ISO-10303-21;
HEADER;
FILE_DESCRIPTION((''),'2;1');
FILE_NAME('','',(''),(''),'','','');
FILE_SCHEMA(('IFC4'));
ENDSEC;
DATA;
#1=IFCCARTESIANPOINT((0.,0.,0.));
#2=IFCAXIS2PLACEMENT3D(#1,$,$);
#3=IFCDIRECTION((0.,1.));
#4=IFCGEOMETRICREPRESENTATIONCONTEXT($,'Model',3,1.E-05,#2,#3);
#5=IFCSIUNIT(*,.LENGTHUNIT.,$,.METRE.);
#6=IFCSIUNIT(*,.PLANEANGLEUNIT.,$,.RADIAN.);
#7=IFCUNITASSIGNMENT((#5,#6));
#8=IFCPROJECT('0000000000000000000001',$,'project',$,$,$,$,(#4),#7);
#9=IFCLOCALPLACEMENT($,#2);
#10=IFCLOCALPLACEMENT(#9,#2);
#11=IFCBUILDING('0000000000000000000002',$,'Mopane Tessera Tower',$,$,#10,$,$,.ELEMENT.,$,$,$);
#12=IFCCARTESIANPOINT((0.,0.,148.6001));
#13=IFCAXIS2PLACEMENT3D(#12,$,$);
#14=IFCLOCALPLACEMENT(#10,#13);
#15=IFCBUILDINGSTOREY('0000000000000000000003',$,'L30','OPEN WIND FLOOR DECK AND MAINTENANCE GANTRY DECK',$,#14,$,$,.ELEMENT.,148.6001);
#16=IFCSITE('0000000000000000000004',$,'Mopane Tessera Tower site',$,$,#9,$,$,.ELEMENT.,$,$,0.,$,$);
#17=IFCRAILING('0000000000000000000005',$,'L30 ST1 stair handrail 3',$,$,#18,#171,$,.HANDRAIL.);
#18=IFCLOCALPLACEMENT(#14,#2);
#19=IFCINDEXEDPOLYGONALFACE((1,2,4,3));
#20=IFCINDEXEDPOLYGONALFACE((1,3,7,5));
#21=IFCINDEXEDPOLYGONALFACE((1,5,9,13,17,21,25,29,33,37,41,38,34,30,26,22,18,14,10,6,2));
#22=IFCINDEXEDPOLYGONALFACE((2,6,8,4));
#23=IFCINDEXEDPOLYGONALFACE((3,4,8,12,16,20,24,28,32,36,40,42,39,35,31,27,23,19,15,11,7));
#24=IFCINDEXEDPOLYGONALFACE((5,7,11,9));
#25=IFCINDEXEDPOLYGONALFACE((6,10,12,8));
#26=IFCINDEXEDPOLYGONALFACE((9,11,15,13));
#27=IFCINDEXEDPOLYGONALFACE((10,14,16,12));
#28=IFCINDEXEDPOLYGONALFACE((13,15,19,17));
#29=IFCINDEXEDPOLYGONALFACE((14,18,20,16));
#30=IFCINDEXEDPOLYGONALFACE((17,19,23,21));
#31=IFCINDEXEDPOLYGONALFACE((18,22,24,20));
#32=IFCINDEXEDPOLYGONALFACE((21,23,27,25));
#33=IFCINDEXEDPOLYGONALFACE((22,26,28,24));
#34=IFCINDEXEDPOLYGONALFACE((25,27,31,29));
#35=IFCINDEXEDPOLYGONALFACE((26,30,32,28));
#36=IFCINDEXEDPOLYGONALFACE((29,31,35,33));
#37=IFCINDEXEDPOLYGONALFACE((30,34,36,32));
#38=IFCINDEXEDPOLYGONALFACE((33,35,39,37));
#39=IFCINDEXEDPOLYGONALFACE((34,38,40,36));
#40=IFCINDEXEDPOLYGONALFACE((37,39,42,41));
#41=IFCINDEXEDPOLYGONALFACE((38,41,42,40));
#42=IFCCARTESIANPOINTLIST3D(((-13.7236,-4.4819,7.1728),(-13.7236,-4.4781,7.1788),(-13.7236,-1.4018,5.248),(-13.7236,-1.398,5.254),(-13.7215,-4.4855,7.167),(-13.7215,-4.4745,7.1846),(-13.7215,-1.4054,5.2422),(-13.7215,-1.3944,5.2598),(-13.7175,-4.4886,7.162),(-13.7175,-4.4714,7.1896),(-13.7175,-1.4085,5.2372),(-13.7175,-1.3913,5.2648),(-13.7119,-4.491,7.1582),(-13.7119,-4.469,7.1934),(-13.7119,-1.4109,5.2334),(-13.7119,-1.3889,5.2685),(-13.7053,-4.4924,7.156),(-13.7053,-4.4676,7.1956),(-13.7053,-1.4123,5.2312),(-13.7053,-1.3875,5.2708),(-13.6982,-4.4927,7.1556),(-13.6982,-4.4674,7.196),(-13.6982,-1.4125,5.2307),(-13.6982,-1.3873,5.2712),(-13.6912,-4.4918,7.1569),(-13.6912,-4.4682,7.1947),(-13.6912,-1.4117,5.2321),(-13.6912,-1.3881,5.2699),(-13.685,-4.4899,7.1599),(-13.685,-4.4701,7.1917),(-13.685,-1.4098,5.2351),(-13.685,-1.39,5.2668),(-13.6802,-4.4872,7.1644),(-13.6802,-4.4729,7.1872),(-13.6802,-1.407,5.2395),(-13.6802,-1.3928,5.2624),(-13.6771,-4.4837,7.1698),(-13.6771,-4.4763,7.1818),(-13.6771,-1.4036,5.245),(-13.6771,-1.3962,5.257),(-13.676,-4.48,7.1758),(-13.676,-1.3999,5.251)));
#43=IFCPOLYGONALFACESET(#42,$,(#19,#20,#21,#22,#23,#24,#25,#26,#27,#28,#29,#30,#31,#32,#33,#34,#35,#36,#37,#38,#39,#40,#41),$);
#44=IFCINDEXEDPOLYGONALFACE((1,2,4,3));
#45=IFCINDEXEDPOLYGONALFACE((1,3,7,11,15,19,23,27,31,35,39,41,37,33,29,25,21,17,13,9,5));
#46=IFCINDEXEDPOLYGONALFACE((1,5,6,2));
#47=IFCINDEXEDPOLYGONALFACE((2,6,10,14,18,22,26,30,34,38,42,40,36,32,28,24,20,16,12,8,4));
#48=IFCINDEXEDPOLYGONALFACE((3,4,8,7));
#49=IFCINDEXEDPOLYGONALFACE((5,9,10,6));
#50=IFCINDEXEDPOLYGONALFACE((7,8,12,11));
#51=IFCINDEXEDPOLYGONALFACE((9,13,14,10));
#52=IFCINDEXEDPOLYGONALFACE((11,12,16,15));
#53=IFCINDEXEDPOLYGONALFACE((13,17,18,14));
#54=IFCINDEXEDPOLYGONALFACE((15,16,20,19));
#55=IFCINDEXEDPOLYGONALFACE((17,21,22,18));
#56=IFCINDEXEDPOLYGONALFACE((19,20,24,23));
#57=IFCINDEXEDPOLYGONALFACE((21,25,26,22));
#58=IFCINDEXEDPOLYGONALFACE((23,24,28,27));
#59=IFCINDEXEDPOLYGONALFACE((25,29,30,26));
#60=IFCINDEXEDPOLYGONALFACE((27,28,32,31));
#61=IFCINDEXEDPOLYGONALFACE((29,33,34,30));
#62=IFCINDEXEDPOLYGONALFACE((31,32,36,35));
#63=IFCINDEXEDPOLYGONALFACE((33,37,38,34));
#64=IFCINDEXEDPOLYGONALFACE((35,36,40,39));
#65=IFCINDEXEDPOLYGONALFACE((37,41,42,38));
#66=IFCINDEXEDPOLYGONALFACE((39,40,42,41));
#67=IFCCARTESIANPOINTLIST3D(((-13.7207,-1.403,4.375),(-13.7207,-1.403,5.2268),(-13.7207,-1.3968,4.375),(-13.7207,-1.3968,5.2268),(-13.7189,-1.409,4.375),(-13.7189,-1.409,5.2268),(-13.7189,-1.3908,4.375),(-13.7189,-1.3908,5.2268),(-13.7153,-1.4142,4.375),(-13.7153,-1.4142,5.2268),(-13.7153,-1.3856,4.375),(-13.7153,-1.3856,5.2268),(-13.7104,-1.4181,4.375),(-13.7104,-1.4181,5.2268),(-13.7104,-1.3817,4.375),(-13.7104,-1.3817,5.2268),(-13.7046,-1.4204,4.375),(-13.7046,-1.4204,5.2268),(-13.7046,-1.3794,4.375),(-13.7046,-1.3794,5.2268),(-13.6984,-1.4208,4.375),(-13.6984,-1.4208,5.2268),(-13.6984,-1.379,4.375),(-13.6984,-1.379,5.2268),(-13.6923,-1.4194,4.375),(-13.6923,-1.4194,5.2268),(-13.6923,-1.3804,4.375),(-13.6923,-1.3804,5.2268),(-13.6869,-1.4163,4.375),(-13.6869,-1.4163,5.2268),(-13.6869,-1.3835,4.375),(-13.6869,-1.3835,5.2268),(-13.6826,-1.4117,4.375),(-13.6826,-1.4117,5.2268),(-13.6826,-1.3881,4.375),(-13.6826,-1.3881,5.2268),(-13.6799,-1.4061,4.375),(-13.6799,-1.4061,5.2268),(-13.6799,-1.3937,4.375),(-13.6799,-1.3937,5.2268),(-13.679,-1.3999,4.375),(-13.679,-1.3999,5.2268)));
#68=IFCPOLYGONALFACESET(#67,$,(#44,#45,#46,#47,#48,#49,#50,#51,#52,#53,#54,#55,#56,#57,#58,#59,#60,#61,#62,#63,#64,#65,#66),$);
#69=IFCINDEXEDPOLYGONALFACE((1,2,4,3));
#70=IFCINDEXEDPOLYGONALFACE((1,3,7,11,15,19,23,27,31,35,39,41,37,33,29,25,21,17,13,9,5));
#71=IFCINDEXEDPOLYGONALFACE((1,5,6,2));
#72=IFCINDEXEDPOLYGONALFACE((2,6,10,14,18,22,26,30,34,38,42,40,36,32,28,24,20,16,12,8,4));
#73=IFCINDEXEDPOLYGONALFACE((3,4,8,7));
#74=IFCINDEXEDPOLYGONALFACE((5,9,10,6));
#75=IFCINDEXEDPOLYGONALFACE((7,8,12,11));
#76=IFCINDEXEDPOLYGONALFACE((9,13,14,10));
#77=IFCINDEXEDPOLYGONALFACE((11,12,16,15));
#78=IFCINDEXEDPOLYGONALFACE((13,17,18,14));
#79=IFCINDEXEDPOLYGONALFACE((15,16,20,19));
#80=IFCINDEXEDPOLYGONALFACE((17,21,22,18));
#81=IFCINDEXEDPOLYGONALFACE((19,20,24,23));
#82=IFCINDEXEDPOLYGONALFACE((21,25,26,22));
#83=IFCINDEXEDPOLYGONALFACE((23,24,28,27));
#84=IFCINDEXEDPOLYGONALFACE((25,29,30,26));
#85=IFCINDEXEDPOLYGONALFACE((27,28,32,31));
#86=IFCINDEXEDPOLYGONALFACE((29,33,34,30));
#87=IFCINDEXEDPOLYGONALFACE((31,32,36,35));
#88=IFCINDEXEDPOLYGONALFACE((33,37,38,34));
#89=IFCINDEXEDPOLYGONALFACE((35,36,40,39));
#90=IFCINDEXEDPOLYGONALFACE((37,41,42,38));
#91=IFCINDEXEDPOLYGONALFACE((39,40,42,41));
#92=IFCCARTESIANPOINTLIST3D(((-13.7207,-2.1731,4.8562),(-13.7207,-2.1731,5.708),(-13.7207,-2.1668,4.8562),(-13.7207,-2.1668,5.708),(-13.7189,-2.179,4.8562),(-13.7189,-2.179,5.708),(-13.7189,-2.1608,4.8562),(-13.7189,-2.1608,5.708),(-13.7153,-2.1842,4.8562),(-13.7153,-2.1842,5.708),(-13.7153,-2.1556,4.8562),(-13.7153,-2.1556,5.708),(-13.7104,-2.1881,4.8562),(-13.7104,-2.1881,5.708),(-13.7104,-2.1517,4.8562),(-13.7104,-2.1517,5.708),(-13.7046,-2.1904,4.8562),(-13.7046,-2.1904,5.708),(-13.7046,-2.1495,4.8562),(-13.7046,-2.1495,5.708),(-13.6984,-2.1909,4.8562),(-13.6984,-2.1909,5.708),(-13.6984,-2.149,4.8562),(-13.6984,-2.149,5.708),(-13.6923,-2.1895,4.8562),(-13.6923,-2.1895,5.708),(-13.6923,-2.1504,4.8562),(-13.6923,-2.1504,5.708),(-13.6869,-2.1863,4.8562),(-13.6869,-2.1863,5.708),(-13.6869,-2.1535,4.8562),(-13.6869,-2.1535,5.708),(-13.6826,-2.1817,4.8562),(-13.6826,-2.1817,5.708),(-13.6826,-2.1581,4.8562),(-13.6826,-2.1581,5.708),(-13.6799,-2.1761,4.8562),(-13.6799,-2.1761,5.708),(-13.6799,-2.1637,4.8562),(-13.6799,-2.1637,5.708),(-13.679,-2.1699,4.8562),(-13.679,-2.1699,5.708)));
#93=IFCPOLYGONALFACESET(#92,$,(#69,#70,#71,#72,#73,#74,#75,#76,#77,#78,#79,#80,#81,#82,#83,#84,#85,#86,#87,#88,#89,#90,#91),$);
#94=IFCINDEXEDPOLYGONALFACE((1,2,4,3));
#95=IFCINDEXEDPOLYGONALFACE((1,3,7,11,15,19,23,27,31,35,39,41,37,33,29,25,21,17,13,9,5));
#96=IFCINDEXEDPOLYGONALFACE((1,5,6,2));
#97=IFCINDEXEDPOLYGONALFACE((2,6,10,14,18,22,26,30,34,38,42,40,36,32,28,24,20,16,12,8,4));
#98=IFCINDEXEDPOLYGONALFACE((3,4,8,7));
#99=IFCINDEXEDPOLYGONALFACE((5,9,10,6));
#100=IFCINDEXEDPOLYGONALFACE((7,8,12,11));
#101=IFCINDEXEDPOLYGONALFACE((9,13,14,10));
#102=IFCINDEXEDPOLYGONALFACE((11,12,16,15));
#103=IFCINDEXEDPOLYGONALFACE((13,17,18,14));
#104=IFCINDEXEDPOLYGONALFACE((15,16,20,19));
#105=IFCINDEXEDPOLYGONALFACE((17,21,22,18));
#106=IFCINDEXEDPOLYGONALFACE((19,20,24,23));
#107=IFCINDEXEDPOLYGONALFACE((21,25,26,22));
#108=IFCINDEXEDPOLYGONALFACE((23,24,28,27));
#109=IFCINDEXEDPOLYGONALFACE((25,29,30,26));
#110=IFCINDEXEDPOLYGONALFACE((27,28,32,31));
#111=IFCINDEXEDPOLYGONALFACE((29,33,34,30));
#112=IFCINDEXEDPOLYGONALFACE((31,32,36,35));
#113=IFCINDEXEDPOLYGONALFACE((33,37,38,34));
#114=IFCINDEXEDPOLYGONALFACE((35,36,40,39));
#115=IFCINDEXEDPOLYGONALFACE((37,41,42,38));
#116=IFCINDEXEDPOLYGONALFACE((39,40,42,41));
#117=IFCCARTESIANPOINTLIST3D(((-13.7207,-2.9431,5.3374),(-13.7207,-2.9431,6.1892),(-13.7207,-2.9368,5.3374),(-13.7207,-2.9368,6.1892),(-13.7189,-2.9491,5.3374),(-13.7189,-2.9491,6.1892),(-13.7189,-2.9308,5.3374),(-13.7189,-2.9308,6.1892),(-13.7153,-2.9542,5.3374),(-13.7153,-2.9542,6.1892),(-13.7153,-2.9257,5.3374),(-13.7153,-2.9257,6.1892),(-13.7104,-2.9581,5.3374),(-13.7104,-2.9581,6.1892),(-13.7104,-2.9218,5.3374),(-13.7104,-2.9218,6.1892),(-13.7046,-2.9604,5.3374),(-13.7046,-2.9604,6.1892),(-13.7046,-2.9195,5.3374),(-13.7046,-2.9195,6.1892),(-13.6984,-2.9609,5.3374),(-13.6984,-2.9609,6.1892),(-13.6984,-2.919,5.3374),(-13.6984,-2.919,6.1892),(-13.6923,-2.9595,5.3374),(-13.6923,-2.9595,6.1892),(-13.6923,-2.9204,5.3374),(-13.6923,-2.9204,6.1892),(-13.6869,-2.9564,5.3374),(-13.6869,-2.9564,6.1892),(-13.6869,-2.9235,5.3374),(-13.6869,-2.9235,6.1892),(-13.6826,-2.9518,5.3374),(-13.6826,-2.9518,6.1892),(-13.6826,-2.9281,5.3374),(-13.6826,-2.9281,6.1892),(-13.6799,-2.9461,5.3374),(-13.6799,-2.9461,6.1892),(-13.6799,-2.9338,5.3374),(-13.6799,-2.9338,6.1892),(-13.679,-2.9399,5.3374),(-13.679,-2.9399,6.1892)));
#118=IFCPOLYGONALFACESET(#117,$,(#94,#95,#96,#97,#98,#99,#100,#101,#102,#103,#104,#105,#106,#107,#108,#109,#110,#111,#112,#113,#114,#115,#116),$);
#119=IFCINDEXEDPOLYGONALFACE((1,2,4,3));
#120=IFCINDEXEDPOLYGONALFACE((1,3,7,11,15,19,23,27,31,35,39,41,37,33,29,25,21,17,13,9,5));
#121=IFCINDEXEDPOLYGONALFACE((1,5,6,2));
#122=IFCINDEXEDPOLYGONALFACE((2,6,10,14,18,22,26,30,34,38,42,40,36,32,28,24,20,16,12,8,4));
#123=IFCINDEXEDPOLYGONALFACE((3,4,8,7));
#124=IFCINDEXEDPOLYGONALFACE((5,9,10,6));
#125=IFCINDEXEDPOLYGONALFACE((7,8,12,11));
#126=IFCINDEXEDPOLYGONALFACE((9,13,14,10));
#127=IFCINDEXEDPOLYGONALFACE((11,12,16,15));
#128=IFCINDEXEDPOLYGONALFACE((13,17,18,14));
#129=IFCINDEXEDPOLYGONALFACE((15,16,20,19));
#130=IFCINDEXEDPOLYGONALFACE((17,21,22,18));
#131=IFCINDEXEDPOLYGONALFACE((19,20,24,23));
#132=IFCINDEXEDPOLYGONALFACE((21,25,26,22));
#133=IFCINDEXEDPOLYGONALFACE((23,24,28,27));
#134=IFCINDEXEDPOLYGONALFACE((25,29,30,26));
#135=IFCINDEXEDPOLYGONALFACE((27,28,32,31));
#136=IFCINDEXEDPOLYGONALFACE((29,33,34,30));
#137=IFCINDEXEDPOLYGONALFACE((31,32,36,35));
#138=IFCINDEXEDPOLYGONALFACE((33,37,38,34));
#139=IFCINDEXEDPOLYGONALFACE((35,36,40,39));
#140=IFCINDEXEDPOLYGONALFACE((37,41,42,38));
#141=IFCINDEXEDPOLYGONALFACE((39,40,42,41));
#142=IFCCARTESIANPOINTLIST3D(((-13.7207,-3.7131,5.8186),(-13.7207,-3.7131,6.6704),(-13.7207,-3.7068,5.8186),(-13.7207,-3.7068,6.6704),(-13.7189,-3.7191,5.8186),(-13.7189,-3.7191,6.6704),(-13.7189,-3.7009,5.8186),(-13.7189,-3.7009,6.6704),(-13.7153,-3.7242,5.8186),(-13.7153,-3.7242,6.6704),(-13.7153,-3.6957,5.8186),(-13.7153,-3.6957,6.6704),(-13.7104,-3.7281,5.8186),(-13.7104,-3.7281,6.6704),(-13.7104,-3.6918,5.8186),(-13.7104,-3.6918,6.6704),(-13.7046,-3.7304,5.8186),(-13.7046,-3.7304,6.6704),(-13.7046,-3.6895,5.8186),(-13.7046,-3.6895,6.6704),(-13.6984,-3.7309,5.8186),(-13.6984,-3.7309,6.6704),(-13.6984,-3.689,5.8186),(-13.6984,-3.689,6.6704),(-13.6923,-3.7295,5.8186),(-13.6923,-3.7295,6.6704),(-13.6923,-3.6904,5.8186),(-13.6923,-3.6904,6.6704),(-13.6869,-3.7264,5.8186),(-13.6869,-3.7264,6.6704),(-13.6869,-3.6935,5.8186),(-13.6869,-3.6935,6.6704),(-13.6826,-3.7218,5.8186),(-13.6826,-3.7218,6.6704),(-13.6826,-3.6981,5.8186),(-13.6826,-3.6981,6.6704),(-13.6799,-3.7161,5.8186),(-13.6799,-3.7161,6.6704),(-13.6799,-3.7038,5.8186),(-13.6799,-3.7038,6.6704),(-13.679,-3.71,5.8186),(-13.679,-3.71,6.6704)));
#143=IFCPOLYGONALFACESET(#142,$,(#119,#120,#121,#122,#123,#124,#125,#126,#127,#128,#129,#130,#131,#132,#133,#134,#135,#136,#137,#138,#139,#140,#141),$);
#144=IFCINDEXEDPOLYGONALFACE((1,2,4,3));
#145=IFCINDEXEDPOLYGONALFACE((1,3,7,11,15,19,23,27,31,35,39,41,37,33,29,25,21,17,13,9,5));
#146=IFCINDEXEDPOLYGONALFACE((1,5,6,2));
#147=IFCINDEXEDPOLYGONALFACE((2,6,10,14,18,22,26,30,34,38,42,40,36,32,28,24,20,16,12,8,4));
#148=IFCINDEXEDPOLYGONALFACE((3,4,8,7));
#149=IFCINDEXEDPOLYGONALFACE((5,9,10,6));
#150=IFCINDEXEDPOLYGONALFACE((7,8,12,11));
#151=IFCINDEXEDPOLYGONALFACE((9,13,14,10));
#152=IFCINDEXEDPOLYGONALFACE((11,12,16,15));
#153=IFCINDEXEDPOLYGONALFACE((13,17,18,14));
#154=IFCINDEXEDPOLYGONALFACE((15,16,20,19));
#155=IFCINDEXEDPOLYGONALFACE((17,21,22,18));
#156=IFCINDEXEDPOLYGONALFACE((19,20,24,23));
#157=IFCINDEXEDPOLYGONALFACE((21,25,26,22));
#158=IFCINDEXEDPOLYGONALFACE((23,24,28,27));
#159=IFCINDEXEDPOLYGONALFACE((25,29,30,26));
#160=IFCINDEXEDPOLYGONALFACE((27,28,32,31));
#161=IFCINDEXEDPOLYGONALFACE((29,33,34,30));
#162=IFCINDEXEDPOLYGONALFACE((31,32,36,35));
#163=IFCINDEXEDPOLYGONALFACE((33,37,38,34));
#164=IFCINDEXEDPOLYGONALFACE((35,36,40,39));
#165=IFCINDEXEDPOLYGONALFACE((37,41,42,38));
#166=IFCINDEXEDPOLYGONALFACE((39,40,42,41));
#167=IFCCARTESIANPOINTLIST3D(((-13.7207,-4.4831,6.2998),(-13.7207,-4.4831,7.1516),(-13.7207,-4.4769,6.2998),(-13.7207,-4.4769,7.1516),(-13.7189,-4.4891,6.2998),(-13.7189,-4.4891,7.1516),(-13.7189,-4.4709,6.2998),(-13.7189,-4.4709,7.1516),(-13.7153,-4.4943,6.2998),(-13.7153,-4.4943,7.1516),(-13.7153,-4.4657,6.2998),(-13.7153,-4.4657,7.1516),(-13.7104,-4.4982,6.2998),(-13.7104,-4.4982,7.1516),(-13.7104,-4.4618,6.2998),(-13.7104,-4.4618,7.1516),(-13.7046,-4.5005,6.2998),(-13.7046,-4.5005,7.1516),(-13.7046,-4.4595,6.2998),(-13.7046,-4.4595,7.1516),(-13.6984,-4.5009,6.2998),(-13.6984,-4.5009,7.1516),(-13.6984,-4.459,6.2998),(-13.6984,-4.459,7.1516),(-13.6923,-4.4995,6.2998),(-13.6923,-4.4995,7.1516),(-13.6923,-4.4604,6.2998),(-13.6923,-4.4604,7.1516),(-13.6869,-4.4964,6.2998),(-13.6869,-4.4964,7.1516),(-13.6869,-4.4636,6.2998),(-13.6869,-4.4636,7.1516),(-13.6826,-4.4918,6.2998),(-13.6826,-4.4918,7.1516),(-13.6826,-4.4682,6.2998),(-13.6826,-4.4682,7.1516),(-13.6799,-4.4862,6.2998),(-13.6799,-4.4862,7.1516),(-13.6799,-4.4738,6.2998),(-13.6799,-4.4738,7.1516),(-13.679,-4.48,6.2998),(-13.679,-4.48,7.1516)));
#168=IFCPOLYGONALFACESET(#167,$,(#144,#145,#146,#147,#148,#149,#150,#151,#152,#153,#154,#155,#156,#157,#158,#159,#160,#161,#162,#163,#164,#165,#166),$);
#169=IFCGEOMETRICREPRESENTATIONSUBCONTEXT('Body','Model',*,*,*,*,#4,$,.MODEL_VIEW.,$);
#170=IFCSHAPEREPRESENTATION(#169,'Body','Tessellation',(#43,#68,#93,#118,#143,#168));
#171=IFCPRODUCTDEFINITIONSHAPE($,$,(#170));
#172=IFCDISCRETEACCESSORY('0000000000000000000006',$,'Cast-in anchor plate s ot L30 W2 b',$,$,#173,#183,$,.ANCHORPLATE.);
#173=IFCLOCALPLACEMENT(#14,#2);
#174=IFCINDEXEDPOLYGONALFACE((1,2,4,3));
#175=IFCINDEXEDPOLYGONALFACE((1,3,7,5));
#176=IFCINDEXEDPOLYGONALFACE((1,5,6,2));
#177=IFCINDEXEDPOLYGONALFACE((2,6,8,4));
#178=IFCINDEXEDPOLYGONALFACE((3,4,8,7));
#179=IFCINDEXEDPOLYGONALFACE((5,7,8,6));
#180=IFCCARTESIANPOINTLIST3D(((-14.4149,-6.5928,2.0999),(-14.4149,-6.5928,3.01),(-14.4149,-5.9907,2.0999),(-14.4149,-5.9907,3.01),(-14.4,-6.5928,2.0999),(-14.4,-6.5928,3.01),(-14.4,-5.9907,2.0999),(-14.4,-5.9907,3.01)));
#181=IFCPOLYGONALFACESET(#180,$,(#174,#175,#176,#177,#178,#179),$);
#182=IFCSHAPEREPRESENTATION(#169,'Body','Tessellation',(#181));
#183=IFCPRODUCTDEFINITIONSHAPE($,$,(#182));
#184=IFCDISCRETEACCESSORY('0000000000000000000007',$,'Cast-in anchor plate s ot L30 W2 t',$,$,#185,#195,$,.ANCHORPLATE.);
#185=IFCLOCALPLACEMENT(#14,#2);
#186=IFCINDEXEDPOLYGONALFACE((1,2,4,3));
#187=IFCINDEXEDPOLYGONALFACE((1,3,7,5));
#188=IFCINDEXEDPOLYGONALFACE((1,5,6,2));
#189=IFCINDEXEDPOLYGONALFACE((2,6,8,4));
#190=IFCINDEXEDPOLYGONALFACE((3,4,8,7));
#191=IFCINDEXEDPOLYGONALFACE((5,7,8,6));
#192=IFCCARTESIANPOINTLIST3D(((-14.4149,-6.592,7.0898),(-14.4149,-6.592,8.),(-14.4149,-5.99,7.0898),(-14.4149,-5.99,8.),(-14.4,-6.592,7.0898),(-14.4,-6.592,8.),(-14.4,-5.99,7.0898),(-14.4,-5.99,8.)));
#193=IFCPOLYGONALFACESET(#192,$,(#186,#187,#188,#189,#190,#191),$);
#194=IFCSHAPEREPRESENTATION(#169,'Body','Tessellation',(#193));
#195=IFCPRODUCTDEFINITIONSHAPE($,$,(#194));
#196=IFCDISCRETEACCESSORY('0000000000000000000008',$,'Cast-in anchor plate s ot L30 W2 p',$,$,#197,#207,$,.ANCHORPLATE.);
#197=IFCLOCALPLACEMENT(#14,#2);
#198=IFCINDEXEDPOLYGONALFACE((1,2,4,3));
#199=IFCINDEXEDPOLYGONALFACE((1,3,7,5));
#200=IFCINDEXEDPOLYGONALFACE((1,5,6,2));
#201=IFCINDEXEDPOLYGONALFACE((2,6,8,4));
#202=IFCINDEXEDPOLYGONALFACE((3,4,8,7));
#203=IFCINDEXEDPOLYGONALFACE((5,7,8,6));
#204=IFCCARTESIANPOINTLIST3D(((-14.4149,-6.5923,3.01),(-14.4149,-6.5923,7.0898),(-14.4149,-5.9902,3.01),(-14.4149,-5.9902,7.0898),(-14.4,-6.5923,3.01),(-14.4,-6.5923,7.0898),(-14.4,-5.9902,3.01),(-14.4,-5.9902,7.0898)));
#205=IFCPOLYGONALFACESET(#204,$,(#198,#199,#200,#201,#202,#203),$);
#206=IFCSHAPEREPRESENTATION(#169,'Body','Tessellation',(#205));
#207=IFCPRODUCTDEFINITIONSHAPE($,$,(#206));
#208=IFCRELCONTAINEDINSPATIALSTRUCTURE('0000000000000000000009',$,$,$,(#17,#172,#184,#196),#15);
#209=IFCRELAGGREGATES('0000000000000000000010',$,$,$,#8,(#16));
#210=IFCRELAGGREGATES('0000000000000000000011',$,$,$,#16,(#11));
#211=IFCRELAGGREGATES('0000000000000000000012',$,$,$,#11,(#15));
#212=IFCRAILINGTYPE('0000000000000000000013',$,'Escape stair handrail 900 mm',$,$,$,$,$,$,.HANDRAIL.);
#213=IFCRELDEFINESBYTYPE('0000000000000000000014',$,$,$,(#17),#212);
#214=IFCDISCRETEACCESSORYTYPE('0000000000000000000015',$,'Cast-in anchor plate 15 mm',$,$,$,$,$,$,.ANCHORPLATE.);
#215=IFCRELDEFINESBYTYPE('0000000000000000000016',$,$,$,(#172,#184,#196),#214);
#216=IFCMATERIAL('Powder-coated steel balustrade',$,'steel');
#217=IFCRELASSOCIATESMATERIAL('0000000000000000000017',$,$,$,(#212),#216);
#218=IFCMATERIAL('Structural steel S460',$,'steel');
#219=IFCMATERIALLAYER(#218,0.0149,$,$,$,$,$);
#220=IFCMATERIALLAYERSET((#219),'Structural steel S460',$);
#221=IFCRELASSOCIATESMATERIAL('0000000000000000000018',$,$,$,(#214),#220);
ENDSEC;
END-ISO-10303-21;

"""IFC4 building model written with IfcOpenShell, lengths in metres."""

from ifc_helpers import new_model, si_unit, direction, frame, origin, origin_2d, place, context, subcontext, project, spatial, rectangle, circle, extrude, material, layer, layer_set, type_object, element, save


model = new_model("IFC4")

# Units and contexts
model_context = context("Model", 3, precision=1e-05, world=origin(), true_north=direction((0.0, 1.0)))
body_context = subcontext(model_context, "Body", "Model", "MODEL_VIEW")
ifc_project = project(units=[si_unit("LENGTHUNIT", "METRE"), si_unit("PLANEANGLEUNIT", "RADIAN")], contexts=[model_context])

# Site, building, storey
site_placement = place(None, origin())
site = spatial("IfcSite", under=ifc_project, at=site_placement, Name="Mopane Tessera Tower site", CompositionType="ELEMENT", RefElevation=0.0)
building_placement = place(site_placement, origin())
building = spatial("IfcBuilding", under=site, at=building_placement, Name="Mopane Tessera Tower", CompositionType="ELEMENT")
storey_placement = place(building_placement, frame((0.0, 0.0, 148.6001)))
storey = spatial("IfcBuildingStorey", under=building, at=storey_placement, Name="L30", Description="OPEN WIND FLOOR DECK AND MAINTENANCE GANTRY DECK", CompositionType="ELEMENT", Elevation=148.6001)

# Railing
ifc_material_1 = material(Name="Powder-coated steel balustrade", Category="steel")
railing_type_1 = type_object("IfcRailingType", Name="Escape stair handrail 900 mm", PredefinedType="HANDRAIL", material=ifc_material_1)
railing_1_placement = place(storey_placement, frame((-13.7, -1.3999, 4.375)))
element("IfcRailing", 1, at=railing_1_placement, inside=storey, type_object=railing_type_1, Name="L30 ST1 stair handrail 3", PredefinedType="HANDRAIL", context=body_context, shape_type="SweptSolid", body=[
    extrude(circle(Radius=0.0239, at=origin_2d()), frame((0.0, 0.0, 0.876), z_axis=(0.0, -0.848029, 0.529951), x_axis=(1.0, 0.0, 0.0)), (0.0, 0.0, 1.0), 3.6321),
    extrude(circle(Radius=0.021, at=origin_2d()), origin(), (0.0, 0.0, 1.0), 0.8518),
    extrude(circle(Radius=0.021, at=origin_2d()), frame((0.0, -0.77, 0.4812)), (0.0, 0.0, 1.0), 0.8518),
    extrude(circle(Radius=0.021, at=origin_2d()), frame((0.0, -1.54, 0.9624)), (0.0, 0.0, 1.0), 0.8518),
    extrude(circle(Radius=0.021, at=origin_2d()), frame((0.0, -2.3101, 1.4436)), (0.0, 0.0, 1.0), 0.8518),
    extrude(circle(Radius=0.021, at=origin_2d()), frame((0.0, -3.0801, 1.9248)), (0.0, 0.0, 1.0), 0.8518),
])

# Discrete accessories
ifc_material_2 = material(Name="Structural steel S460", Category="steel")
ifc_layer_1 = layer(ifc_material_2, 0.0149)
ifc_layer_set_1 = layer_set([ifc_layer_1], Name="Structural steel S460")
discrete_accessory_type = type_object("IfcDiscreteAccessoryType", Name="Cast-in anchor plate 15 mm", PredefinedType="ANCHORPLATE", material=ifc_layer_set_1)
for number, where, z_axis, x_axis, name in (
    (2, (-14.4075, -6.2917, 2.0999), (0.0, 0.0, 1.0), (-1.0, 0.0, 0.0), "Cast-in anchor plate s ot L30 W2 b"),
    (3, (-14.4075, -6.291, 7.0898), (0.0, 0.0, 1.0), (-1.0, 0.0, 0.0), "Cast-in anchor plate s ot L30 W2 t"),
):
    element("IfcDiscreteAccessory", number, at=place(storey_placement, frame(where, z_axis=z_axis, x_axis=x_axis)), inside=storey, type_object=discrete_accessory_type, Name=name, PredefinedType="ANCHORPLATE", context=body_context, shape_type="SweptSolid", body=[
        extrude(rectangle(XDim=0.0149, YDim=0.6021, at=origin_2d()), origin(), (0.0, 0.0, 1.0), 0.9102),
    ])
discrete_accessory_1_placement = place(storey_placement, frame((-14.4075, -6.2913, 3.01), z_axis=(0.0, 0.0, 1.0), x_axis=(-1.0, 0.0, 0.0)))
element("IfcDiscreteAccessory", 4, at=discrete_accessory_1_placement, inside=storey, type_object=discrete_accessory_type, Name="Cast-in anchor plate s ot L30 W2 p", PredefinedType="ANCHORPLATE", context=body_context, shape_type="SweptSolid", body=[
    extrude(rectangle(XDim=0.0149, YDim=0.6021, at=origin_2d()), origin(), (0.0, 0.0, 1.0), 4.0798),
])

save(model, "model.ifc")
